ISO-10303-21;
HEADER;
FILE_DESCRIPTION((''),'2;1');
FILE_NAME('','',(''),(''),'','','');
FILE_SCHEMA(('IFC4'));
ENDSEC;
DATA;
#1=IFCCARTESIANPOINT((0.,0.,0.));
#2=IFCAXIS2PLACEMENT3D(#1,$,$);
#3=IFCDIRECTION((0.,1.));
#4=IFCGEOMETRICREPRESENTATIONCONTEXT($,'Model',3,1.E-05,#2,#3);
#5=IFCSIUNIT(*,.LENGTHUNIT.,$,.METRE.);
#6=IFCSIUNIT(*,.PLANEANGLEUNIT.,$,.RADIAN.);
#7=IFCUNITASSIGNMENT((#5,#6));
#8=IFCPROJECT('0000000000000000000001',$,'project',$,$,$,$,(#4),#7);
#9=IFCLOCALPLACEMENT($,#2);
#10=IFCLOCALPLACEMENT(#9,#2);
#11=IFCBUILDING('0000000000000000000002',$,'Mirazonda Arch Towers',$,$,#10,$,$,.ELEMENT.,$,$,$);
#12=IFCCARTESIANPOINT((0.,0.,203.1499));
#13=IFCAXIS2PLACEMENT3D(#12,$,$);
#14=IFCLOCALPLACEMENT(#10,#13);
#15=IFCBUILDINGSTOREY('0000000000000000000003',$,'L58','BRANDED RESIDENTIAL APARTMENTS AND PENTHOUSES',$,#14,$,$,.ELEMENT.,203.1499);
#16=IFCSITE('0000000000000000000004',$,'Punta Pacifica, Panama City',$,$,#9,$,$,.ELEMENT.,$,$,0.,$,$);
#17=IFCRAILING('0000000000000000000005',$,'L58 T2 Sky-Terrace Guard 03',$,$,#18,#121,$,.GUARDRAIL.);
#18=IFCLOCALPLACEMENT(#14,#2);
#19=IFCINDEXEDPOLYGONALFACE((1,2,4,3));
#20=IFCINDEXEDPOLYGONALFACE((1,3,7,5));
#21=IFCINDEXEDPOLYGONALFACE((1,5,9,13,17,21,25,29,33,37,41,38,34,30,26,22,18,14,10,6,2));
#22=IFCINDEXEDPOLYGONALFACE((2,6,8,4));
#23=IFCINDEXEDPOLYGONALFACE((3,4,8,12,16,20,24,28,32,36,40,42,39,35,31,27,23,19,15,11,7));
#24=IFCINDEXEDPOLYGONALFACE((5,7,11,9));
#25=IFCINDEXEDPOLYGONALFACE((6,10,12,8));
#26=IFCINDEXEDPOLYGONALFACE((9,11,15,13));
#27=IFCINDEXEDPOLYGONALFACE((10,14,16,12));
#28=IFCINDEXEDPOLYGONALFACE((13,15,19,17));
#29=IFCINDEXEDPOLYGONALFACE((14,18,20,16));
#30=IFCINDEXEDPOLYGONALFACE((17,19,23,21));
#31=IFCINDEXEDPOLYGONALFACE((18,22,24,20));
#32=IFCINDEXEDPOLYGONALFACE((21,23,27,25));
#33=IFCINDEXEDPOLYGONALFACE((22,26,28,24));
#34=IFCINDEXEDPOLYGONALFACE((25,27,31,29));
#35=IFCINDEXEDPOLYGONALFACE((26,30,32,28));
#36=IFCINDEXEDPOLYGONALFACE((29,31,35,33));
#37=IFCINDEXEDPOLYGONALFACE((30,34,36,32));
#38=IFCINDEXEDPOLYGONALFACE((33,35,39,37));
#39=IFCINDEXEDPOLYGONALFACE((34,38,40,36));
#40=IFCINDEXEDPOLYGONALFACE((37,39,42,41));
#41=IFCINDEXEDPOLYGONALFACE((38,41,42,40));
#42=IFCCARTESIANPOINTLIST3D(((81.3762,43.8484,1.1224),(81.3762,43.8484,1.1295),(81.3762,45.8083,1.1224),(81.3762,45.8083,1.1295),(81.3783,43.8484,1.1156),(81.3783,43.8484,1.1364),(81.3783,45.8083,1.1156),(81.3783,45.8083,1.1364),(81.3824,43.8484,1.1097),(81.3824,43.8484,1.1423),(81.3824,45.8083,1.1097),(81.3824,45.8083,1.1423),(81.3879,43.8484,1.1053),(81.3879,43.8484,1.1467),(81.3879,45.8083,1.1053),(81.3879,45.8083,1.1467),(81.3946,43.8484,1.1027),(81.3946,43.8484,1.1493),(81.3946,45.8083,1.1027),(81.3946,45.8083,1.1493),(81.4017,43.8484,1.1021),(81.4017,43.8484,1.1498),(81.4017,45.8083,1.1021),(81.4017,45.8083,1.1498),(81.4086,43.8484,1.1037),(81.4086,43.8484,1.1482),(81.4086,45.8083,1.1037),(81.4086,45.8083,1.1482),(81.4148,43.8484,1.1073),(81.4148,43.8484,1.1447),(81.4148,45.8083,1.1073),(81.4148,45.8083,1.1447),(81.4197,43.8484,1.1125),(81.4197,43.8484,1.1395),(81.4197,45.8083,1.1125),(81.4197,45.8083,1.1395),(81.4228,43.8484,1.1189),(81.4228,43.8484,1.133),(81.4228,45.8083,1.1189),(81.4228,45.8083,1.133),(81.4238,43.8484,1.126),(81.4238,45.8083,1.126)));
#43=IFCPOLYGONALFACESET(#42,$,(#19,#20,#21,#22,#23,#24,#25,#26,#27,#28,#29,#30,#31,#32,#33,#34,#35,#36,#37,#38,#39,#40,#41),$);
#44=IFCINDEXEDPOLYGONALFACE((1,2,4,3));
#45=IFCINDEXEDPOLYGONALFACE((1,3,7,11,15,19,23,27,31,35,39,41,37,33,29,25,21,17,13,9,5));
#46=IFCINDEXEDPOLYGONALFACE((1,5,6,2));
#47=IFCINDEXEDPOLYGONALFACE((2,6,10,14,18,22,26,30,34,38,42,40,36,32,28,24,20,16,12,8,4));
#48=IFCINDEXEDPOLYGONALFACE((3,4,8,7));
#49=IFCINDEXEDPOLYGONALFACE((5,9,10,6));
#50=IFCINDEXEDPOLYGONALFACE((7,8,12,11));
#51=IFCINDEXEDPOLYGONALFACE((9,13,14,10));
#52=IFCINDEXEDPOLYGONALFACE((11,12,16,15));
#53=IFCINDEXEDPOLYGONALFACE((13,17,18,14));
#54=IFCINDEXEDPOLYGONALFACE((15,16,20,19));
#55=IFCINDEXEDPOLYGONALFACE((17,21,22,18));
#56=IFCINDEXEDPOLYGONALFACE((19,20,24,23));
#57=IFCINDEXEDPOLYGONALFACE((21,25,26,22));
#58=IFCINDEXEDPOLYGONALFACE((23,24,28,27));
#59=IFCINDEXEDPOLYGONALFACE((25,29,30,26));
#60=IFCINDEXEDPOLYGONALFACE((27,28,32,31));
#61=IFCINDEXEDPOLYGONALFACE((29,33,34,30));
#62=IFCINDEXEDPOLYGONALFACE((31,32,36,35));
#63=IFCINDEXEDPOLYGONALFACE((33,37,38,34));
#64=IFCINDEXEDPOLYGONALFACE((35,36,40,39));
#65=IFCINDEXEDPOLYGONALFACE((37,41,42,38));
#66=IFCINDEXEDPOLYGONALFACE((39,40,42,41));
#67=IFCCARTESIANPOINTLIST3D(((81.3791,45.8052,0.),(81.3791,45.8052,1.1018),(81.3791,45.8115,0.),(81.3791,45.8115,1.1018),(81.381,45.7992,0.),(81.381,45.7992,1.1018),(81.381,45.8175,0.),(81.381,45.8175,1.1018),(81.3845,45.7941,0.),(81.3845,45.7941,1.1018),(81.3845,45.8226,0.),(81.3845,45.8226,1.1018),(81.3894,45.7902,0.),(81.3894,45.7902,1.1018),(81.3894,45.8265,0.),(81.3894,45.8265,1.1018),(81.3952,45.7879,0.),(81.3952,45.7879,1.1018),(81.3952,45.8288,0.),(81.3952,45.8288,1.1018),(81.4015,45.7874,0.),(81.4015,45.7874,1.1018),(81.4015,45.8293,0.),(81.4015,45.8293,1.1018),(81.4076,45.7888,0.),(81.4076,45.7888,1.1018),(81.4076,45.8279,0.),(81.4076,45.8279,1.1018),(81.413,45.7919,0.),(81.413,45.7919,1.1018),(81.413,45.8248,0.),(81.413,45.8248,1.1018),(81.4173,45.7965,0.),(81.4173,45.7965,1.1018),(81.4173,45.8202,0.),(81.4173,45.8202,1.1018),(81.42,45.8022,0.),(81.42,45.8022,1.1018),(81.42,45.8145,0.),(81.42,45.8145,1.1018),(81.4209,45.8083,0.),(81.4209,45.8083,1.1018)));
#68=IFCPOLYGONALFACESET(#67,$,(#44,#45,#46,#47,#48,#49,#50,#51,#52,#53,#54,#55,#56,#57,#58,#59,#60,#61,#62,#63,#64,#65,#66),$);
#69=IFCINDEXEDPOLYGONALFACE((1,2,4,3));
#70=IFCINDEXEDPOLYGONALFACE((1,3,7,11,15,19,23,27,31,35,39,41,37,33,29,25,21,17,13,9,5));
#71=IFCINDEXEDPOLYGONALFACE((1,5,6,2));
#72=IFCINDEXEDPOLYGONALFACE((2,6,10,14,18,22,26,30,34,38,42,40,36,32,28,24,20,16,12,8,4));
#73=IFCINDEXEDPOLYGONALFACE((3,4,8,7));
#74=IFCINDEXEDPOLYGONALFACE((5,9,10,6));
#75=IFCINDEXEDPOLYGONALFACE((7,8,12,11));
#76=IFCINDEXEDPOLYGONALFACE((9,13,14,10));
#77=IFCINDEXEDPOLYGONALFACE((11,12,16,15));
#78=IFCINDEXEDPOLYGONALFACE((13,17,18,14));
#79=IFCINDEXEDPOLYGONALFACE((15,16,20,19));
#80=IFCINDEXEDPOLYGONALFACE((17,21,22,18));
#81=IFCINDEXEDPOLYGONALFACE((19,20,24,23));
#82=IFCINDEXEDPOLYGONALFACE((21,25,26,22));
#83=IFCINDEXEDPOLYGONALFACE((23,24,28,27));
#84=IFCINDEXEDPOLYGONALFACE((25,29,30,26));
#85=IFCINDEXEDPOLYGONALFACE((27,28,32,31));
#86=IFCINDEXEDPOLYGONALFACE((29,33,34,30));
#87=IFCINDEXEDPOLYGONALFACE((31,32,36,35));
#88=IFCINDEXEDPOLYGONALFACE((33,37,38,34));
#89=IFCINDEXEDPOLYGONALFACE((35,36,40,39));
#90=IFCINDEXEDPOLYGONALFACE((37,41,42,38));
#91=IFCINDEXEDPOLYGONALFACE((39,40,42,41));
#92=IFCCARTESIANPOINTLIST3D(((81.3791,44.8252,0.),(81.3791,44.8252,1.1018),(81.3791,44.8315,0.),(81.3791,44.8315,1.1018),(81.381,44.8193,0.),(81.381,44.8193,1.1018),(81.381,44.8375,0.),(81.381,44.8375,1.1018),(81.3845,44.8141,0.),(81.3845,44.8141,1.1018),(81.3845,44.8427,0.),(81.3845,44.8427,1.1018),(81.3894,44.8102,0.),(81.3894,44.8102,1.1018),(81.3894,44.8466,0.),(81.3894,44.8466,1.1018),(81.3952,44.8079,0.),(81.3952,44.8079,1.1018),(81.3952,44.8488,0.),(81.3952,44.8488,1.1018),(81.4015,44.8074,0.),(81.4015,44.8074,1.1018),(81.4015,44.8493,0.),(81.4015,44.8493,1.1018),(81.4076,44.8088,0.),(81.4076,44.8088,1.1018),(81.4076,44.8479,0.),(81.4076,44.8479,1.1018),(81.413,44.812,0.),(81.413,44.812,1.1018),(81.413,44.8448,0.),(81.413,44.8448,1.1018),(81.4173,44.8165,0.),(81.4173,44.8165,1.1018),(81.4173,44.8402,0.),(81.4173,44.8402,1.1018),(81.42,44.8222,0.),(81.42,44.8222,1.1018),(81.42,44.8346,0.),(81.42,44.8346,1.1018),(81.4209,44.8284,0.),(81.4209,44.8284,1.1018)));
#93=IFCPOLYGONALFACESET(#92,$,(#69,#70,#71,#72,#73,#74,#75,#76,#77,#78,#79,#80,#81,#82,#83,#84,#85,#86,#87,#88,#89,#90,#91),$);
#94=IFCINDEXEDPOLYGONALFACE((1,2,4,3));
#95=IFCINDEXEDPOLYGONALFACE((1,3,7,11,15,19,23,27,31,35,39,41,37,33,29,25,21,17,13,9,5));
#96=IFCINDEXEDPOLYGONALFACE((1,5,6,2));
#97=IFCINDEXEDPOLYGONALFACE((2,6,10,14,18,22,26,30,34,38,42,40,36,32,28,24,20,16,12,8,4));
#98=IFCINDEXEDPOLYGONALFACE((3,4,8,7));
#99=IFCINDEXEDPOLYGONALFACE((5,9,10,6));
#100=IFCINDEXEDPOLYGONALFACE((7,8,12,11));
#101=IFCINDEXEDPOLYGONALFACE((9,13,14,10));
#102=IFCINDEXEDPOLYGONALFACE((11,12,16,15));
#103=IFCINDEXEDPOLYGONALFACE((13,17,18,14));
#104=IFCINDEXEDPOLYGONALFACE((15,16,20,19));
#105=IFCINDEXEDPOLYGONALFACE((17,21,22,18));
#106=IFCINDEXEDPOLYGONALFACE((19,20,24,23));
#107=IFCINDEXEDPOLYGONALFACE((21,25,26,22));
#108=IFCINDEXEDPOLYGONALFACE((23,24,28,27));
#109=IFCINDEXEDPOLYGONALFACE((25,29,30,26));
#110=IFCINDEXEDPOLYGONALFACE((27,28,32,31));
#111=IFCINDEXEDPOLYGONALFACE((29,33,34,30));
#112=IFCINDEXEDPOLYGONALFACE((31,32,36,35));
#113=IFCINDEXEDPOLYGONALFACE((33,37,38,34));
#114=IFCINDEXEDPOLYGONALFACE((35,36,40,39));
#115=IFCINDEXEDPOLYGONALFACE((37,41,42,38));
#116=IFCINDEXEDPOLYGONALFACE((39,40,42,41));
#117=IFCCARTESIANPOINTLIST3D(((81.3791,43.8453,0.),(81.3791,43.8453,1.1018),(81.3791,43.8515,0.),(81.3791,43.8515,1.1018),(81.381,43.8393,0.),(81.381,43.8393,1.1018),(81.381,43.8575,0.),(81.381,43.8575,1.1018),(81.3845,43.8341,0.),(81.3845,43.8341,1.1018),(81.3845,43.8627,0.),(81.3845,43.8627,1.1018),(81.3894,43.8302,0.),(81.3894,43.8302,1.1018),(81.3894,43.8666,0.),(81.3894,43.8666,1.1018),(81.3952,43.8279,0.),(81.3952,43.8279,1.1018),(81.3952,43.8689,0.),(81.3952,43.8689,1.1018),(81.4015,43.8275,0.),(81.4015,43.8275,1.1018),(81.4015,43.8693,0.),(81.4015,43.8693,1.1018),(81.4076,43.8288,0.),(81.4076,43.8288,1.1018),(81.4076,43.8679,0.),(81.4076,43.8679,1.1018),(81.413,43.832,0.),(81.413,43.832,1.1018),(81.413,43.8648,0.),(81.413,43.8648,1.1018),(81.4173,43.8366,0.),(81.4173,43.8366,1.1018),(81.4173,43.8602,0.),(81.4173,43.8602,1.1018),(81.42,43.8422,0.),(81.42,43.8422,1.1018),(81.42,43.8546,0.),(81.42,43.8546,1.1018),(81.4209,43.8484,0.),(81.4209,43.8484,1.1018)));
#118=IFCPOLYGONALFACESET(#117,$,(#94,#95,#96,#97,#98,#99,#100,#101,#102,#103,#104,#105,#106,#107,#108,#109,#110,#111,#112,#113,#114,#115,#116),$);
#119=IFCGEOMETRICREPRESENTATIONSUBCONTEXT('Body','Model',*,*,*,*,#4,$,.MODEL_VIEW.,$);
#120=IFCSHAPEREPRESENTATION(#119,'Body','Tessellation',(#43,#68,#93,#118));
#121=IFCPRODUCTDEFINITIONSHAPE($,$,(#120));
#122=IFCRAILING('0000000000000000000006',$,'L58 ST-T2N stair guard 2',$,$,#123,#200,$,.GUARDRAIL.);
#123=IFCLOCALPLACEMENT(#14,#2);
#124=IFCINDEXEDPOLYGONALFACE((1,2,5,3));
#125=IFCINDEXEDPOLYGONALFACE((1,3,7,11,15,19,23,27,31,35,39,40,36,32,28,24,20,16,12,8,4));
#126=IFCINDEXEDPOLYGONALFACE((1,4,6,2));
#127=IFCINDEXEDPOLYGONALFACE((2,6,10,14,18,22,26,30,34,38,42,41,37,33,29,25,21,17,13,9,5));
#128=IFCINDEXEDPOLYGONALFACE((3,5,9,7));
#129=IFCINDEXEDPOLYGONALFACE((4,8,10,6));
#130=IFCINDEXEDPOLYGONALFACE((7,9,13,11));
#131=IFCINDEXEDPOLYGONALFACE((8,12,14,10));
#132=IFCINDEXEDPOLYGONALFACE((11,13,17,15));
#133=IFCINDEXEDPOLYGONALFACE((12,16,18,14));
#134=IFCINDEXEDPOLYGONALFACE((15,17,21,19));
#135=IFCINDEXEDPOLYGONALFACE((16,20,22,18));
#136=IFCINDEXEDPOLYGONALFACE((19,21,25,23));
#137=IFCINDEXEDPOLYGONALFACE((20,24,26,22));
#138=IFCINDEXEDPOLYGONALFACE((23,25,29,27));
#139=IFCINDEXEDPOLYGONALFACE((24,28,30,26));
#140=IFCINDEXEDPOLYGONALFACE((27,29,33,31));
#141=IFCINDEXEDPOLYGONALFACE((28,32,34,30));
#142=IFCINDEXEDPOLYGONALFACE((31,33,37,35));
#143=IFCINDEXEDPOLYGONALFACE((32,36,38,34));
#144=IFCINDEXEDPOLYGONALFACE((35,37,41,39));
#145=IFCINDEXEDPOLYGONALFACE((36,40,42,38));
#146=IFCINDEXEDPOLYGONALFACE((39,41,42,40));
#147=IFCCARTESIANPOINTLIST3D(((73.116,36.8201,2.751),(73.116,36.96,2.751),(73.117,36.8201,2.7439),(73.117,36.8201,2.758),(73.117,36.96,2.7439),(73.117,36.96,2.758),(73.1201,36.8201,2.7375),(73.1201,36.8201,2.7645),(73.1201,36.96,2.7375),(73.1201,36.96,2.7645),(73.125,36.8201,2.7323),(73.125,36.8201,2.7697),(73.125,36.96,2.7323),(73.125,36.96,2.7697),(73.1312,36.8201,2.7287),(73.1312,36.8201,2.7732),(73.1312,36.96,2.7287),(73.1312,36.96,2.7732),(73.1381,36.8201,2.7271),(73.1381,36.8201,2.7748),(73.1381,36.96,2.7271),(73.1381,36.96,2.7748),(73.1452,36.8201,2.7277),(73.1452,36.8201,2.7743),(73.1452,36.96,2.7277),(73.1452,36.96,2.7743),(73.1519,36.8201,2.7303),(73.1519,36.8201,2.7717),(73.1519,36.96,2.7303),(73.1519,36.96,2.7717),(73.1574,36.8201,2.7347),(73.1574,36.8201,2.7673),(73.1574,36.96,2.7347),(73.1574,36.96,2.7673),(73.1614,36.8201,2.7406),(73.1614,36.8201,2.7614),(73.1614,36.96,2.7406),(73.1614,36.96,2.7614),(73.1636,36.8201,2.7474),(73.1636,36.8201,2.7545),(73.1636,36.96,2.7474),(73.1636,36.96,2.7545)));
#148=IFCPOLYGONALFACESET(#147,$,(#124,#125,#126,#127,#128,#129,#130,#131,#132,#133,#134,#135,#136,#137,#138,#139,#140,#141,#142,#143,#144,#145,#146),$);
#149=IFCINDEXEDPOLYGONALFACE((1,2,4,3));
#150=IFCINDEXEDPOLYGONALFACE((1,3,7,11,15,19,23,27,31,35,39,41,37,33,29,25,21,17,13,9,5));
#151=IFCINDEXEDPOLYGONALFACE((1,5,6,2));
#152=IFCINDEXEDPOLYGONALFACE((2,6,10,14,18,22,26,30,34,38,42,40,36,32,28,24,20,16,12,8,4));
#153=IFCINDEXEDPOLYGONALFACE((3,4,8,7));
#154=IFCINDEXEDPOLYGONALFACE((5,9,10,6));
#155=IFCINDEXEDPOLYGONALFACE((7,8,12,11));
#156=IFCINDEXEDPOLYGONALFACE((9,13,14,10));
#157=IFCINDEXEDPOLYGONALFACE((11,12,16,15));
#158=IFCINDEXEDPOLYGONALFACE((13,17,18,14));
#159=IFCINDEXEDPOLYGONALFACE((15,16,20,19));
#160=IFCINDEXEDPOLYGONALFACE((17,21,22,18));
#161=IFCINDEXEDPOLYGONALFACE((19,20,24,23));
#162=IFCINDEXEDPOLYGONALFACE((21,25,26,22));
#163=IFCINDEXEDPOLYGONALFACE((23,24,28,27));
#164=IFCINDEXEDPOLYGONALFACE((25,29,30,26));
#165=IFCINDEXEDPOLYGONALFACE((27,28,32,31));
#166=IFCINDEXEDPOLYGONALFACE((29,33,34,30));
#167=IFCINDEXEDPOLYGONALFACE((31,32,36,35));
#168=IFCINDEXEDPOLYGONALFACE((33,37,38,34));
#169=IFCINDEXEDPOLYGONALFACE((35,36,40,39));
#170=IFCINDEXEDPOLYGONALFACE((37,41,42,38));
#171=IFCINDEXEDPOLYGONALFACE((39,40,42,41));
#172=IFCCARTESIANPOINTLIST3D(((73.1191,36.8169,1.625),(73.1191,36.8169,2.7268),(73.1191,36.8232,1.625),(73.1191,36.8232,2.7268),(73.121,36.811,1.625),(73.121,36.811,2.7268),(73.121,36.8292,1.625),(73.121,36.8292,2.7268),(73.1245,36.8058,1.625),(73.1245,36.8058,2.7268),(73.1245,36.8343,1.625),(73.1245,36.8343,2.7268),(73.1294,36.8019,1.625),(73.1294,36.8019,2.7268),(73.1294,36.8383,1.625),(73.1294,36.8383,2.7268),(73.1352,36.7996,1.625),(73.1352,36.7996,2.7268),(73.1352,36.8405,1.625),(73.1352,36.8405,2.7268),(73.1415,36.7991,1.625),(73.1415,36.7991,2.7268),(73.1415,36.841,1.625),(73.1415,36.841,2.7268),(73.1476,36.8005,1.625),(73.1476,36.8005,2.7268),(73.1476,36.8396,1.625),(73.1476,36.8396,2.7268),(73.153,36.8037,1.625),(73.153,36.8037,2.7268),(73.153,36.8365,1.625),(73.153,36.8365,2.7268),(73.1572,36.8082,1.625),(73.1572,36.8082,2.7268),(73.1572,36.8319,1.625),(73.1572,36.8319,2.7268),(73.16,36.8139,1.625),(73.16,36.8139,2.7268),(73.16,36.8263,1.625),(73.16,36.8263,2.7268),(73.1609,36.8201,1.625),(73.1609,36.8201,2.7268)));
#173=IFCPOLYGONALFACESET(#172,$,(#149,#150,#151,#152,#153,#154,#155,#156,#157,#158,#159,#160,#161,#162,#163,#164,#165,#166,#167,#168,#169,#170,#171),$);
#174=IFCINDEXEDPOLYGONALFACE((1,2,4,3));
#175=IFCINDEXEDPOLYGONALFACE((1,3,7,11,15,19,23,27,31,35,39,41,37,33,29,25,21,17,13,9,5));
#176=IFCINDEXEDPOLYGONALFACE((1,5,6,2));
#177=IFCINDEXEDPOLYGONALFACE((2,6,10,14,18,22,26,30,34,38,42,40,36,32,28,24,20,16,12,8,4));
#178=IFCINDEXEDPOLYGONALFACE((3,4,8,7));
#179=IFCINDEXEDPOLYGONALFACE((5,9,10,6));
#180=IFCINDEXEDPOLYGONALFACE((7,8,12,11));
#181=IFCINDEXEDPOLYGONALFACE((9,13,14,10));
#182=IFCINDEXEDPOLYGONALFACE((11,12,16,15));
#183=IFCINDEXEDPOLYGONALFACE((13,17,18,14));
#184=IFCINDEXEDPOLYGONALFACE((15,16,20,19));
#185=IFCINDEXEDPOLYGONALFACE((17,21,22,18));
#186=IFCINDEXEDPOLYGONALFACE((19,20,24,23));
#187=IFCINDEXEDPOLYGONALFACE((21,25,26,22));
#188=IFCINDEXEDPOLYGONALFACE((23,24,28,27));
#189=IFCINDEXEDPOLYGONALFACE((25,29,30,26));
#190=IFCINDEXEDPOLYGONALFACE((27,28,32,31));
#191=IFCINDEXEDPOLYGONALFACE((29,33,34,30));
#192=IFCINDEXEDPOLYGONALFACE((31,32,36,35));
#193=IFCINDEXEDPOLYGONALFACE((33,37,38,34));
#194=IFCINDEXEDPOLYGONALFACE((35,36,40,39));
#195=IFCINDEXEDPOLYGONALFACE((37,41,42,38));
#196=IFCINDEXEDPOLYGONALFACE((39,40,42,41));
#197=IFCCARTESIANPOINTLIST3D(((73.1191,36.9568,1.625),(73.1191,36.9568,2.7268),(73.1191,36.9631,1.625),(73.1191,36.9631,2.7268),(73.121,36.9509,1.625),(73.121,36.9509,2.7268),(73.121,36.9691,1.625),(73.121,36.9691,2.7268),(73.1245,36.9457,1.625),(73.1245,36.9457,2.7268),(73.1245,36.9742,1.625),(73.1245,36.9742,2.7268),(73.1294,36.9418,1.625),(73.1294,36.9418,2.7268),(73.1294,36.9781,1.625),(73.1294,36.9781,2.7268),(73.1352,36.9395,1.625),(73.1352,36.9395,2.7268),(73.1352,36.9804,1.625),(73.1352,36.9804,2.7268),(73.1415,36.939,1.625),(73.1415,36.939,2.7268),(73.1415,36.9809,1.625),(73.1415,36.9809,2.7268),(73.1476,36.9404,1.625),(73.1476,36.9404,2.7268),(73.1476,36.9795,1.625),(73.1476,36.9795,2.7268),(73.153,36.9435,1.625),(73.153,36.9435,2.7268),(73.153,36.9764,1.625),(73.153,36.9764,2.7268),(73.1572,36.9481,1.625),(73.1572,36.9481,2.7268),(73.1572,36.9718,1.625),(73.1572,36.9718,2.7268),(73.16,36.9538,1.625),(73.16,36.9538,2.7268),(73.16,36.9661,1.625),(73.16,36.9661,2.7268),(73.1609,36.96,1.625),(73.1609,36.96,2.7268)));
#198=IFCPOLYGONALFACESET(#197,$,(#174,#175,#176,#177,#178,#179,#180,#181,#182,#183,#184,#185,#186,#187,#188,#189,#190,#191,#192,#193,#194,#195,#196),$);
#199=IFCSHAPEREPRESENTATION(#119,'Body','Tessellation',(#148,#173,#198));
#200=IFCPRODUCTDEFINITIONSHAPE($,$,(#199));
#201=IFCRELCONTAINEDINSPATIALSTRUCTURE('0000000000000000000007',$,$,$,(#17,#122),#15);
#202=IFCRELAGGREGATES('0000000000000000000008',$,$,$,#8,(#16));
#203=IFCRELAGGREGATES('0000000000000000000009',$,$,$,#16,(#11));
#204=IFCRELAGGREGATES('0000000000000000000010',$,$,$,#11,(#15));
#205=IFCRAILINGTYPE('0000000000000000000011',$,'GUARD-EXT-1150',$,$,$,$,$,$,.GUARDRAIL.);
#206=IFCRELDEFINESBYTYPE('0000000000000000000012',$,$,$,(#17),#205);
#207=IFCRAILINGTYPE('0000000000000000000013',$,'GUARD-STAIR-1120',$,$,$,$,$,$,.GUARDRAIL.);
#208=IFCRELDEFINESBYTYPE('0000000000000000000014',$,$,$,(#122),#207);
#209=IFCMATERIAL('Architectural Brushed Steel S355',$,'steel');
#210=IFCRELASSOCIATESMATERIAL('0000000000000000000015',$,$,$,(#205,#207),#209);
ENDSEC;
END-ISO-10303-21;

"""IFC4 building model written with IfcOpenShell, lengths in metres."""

from ifc_helpers import new_model, si_unit, direction, frame, origin, origin_2d, place, context, subcontext, project, spatial, circle, extrude, material, type_object, element, save


model = new_model("IFC4")

# Units and contexts
model_context = context("Model", 3, precision=1e-05, world=origin(), true_north=direction((0.0, 1.0)))
body_context = subcontext(model_context, "Body", "Model", "MODEL_VIEW")
ifc_project = project(units=[si_unit("LENGTHUNIT", "METRE"), si_unit("PLANEANGLEUNIT", "RADIAN")], contexts=[model_context])

# Site, building, storey
site_placement = place(None, origin())
site = spatial("IfcSite", under=ifc_project, at=site_placement, Name="Punta Pacifica, Panama City", CompositionType="ELEMENT", RefElevation=0.0)
building_placement = place(site_placement, origin())
building = spatial("IfcBuilding", under=site, at=building_placement, Name="Mirazonda Arch Towers", CompositionType="ELEMENT")
storey_placement = place(building_placement, frame((0.0, 0.0, 203.1499)))
storey = spatial("IfcBuildingStorey", under=building, at=storey_placement, Name="L58", Description="BRANDED RESIDENTIAL APARTMENTS AND PENTHOUSES", CompositionType="ELEMENT", Elevation=203.1499)

# Shared definitions
ifc_material_1 = material(Name="Architectural Brushed Steel S355", Category="steel")

# Railings
railing_type_1 = type_object("IfcRailingType", Name="GUARD-EXT-1150", PredefinedType="GUARDRAIL", material=ifc_material_1)
railing_1_placement = place(storey_placement, frame((81.3999, 45.8083, 0.0)))
element("IfcRailing", 1, at=railing_1_placement, inside=storey, type_object=railing_type_1, Name="L58 T2 Sky-Terrace Guard 03", PredefinedType="GUARDRAIL", context=body_context, shape_type="SweptSolid", body=[
    extrude(circle(Radius=0.0239, at=origin_2d()), frame((0.0, 0.0, 1.126), z_axis=(0.0, -1.0, 0.0), x_axis=(1.0, 0.0, 0.0)), (0.0, 0.0, 1.0), 1.96),
    extrude(circle(Radius=0.021, at=origin_2d()), origin(), (0.0, 0.0, 1.0), 1.1018),
    extrude(circle(Radius=0.021, at=origin_2d()), frame((0.0, -0.98, 0.0)), (0.0, 0.0, 1.0), 1.1018),
    extrude(circle(Radius=0.021, at=origin_2d()), frame((0.0, -1.96, 0.0)), (0.0, 0.0, 1.0), 1.1018),
])
railing_type_2 = type_object("IfcRailingType", Name="GUARD-STAIR-1120", PredefinedType="GUARDRAIL", material=ifc_material_1)
railing_2_placement = place(storey_placement, frame((73.1399, 36.8201, 1.625)))
element("IfcRailing", 2, at=railing_2_placement, inside=storey, type_object=railing_type_2, Name="L58 ST-T2N stair guard 2", PredefinedType="GUARDRAIL", context=body_context, shape_type="SweptSolid", body=[
    extrude(circle(Radius=0.0239, at=origin_2d()), frame((0.0, 0.0, 1.126), z_axis=(0.0, 1.0, 0.0), x_axis=(-1.0, 0.0, 0.0)), (0.0, 0.0, 1.0), 0.1399),
    extrude(circle(Radius=0.021, at=origin_2d()), origin(), (0.0, 0.0, 1.0), 1.1018),
    extrude(circle(Radius=0.021, at=origin_2d()), frame((0.0, 0.1399, 0.0)), (0.0, 0.0, 1.0), 1.1018),
])

save(model, "model.ifc")
